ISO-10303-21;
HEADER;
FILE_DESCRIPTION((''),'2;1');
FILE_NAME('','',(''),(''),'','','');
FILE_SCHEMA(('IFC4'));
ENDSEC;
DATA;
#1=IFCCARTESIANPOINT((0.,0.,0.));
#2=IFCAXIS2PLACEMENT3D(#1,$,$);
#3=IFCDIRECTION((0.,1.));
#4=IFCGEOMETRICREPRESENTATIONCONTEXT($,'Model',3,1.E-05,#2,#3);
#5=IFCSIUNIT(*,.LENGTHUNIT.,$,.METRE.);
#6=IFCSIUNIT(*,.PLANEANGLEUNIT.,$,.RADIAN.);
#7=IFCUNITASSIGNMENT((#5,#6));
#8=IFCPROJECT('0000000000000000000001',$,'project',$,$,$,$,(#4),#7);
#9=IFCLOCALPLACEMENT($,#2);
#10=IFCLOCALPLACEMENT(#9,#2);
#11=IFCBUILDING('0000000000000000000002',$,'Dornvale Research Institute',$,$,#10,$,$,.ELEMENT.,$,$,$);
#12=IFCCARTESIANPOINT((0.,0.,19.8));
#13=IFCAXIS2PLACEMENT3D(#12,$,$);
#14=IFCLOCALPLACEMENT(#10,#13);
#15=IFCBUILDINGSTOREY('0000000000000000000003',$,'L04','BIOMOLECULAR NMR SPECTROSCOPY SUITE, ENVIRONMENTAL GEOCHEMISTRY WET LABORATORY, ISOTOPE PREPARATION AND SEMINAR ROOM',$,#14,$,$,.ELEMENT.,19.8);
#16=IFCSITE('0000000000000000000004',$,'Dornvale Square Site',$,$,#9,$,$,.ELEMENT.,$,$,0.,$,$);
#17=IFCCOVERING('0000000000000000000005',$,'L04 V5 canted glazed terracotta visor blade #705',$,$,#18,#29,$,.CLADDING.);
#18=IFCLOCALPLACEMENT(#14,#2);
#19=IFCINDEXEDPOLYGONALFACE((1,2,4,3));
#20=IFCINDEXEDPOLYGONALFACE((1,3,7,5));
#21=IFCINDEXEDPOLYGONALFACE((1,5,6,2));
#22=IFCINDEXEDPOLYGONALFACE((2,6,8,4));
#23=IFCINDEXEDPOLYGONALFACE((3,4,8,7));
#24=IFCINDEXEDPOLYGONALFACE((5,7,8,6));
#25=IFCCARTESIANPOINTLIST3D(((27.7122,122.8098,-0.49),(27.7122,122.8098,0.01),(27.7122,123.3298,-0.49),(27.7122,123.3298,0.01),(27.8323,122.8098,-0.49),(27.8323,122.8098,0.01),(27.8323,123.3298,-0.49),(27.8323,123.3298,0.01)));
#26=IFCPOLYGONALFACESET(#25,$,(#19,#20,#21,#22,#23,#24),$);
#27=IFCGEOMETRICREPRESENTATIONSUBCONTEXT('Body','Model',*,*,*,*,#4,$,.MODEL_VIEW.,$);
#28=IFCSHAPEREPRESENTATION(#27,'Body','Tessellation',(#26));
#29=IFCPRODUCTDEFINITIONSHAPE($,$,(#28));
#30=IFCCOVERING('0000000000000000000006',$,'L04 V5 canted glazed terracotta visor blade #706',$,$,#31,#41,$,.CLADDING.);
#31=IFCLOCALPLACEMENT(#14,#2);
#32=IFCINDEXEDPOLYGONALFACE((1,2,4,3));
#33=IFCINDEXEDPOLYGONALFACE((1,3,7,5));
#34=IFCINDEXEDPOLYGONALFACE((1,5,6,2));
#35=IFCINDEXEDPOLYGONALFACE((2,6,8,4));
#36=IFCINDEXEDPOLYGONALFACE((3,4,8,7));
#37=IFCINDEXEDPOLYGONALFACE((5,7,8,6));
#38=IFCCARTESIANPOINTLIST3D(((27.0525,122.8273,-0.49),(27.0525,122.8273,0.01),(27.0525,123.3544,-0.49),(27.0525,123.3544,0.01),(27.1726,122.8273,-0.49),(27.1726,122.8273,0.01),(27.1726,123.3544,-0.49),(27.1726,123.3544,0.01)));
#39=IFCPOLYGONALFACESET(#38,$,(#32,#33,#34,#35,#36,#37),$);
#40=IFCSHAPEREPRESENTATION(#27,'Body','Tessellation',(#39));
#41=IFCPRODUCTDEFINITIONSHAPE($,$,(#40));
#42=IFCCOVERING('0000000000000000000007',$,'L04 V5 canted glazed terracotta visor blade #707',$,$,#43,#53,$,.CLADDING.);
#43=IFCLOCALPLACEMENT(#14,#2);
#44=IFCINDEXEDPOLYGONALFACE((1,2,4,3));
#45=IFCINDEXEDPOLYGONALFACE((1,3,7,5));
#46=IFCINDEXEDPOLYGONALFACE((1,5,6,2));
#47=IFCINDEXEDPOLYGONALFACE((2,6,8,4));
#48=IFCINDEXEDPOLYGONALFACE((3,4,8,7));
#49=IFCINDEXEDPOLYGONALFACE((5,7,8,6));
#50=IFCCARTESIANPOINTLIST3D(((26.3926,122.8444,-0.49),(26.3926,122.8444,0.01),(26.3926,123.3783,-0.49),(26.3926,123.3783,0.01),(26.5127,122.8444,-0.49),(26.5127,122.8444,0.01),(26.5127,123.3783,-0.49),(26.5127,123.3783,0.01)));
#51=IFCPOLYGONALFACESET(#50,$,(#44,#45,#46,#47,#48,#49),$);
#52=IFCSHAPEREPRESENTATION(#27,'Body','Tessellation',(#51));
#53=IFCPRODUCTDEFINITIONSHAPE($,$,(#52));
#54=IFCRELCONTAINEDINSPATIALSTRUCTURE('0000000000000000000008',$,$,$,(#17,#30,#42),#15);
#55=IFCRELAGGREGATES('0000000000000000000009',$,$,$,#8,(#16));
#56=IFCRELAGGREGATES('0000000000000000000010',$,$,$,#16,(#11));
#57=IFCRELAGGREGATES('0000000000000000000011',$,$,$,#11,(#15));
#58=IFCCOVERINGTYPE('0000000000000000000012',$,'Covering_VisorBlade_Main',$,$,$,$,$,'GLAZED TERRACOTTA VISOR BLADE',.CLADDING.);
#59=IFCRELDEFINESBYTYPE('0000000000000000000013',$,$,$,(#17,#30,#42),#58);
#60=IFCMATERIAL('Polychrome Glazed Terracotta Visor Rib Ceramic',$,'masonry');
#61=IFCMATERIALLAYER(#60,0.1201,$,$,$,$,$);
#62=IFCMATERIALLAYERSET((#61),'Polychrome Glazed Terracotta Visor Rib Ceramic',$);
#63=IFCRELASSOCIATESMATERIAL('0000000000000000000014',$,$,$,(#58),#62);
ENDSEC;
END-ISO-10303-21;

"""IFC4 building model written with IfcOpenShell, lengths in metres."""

from ifc_helpers import new_model, si_unit, direction, frame, origin, origin_2d, place, context, subcontext, project, spatial, rectangle, extrude, material, layer, layer_set, type_object, element, save


model = new_model("IFC4")

# Units and contexts
model_context = context("Model", 3, precision=1e-05, world=origin(), true_north=direction((0.0, 1.0)))
body_context = subcontext(model_context, "Body", "Model", "MODEL_VIEW")
ifc_project = project(units=[si_unit("LENGTHUNIT", "METRE"), si_unit("PLANEANGLEUNIT", "RADIAN")], contexts=[model_context])

# Site, building, storey
site_placement = place(None, origin())
site = spatial("IfcSite", under=ifc_project, at=site_placement, Name="Dornvale Square Site", CompositionType="ELEMENT", RefElevation=0.0)
building_placement = place(site_placement, origin())
building = spatial("IfcBuilding", under=site, at=building_placement, Name="Dornvale Research Institute", CompositionType="ELEMENT")
storey_placement = place(building_placement, frame((0.0, 0.0, 19.8)))
storey = spatial("IfcBuildingStorey", under=building, at=storey_placement, Name="L04", Description="BIOMOLECULAR NMR SPECTROSCOPY SUITE, ENVIRONMENTAL GEOCHEMISTRY WET LABORATORY, ISOTOPE PREPARATION AND SEMINAR ROOM", CompositionType="ELEMENT", Elevation=19.8)

# Coverings
ifc_material_1 = material(Name="Polychrome Glazed Terracotta Visor Rib Ceramic", Category="masonry")
ifc_layer_1 = layer(ifc_material_1, 0.1201)
ifc_layer_set_1 = layer_set([ifc_layer_1], Name="Polychrome Glazed Terracotta Visor Rib Ceramic")
covering_type = type_object("IfcCoveringType", Name="Covering_VisorBlade_Main", ElementType="GLAZED TERRACOTTA VISOR BLADE", PredefinedType="CLADDING", material=ifc_layer_set_1)
covering_1_placement = place(storey_placement, frame((27.7722, 123.0698, -0.49), z_axis=(0.0, 0.0, 1.0), x_axis=(0.0, 1.0, 0.0)))
element("IfcCovering", 1, at=covering_1_placement, inside=storey, type_object=covering_type, Name="L04 V5 canted glazed terracotta visor blade #705", PredefinedType="CLADDING", context=body_context, shape_type="SweptSolid", body=[
    extrude(rectangle(XDim=0.52, YDim=0.1201, at=origin_2d()), origin(), (0.0, 0.0, 1.0), 0.5),
])
covering_2_placement = place(storey_placement, frame((27.1125, 123.0908, -0.49), z_axis=(0.0, 0.0, 1.0), x_axis=(0.0, 1.0, 0.0)))
element("IfcCovering", 2, at=covering_2_placement, inside=storey, type_object=covering_type, Name="L04 V5 canted glazed terracotta visor blade #706", PredefinedType="CLADDING", context=body_context, shape_type="SweptSolid", body=[
    extrude(rectangle(XDim=0.5271, YDim=0.1201, at=origin_2d()), origin(), (0.0, 0.0, 1.0), 0.5),
])
covering_3_placement = place(storey_placement, frame((26.4526, 123.1113, -0.49), z_axis=(0.0, 0.0, 1.0), x_axis=(0.0, 1.0, 0.0)))
element("IfcCovering", 3, at=covering_3_placement, inside=storey, type_object=covering_type, Name="L04 V5 canted glazed terracotta visor blade #707", PredefinedType="CLADDING", context=body_context, shape_type="SweptSolid", body=[
    extrude(rectangle(XDim=0.5339, YDim=0.1201, at=origin_2d()), origin(), (0.0, 0.0, 1.0), 0.5),
])

save(model, "model.ifc")
